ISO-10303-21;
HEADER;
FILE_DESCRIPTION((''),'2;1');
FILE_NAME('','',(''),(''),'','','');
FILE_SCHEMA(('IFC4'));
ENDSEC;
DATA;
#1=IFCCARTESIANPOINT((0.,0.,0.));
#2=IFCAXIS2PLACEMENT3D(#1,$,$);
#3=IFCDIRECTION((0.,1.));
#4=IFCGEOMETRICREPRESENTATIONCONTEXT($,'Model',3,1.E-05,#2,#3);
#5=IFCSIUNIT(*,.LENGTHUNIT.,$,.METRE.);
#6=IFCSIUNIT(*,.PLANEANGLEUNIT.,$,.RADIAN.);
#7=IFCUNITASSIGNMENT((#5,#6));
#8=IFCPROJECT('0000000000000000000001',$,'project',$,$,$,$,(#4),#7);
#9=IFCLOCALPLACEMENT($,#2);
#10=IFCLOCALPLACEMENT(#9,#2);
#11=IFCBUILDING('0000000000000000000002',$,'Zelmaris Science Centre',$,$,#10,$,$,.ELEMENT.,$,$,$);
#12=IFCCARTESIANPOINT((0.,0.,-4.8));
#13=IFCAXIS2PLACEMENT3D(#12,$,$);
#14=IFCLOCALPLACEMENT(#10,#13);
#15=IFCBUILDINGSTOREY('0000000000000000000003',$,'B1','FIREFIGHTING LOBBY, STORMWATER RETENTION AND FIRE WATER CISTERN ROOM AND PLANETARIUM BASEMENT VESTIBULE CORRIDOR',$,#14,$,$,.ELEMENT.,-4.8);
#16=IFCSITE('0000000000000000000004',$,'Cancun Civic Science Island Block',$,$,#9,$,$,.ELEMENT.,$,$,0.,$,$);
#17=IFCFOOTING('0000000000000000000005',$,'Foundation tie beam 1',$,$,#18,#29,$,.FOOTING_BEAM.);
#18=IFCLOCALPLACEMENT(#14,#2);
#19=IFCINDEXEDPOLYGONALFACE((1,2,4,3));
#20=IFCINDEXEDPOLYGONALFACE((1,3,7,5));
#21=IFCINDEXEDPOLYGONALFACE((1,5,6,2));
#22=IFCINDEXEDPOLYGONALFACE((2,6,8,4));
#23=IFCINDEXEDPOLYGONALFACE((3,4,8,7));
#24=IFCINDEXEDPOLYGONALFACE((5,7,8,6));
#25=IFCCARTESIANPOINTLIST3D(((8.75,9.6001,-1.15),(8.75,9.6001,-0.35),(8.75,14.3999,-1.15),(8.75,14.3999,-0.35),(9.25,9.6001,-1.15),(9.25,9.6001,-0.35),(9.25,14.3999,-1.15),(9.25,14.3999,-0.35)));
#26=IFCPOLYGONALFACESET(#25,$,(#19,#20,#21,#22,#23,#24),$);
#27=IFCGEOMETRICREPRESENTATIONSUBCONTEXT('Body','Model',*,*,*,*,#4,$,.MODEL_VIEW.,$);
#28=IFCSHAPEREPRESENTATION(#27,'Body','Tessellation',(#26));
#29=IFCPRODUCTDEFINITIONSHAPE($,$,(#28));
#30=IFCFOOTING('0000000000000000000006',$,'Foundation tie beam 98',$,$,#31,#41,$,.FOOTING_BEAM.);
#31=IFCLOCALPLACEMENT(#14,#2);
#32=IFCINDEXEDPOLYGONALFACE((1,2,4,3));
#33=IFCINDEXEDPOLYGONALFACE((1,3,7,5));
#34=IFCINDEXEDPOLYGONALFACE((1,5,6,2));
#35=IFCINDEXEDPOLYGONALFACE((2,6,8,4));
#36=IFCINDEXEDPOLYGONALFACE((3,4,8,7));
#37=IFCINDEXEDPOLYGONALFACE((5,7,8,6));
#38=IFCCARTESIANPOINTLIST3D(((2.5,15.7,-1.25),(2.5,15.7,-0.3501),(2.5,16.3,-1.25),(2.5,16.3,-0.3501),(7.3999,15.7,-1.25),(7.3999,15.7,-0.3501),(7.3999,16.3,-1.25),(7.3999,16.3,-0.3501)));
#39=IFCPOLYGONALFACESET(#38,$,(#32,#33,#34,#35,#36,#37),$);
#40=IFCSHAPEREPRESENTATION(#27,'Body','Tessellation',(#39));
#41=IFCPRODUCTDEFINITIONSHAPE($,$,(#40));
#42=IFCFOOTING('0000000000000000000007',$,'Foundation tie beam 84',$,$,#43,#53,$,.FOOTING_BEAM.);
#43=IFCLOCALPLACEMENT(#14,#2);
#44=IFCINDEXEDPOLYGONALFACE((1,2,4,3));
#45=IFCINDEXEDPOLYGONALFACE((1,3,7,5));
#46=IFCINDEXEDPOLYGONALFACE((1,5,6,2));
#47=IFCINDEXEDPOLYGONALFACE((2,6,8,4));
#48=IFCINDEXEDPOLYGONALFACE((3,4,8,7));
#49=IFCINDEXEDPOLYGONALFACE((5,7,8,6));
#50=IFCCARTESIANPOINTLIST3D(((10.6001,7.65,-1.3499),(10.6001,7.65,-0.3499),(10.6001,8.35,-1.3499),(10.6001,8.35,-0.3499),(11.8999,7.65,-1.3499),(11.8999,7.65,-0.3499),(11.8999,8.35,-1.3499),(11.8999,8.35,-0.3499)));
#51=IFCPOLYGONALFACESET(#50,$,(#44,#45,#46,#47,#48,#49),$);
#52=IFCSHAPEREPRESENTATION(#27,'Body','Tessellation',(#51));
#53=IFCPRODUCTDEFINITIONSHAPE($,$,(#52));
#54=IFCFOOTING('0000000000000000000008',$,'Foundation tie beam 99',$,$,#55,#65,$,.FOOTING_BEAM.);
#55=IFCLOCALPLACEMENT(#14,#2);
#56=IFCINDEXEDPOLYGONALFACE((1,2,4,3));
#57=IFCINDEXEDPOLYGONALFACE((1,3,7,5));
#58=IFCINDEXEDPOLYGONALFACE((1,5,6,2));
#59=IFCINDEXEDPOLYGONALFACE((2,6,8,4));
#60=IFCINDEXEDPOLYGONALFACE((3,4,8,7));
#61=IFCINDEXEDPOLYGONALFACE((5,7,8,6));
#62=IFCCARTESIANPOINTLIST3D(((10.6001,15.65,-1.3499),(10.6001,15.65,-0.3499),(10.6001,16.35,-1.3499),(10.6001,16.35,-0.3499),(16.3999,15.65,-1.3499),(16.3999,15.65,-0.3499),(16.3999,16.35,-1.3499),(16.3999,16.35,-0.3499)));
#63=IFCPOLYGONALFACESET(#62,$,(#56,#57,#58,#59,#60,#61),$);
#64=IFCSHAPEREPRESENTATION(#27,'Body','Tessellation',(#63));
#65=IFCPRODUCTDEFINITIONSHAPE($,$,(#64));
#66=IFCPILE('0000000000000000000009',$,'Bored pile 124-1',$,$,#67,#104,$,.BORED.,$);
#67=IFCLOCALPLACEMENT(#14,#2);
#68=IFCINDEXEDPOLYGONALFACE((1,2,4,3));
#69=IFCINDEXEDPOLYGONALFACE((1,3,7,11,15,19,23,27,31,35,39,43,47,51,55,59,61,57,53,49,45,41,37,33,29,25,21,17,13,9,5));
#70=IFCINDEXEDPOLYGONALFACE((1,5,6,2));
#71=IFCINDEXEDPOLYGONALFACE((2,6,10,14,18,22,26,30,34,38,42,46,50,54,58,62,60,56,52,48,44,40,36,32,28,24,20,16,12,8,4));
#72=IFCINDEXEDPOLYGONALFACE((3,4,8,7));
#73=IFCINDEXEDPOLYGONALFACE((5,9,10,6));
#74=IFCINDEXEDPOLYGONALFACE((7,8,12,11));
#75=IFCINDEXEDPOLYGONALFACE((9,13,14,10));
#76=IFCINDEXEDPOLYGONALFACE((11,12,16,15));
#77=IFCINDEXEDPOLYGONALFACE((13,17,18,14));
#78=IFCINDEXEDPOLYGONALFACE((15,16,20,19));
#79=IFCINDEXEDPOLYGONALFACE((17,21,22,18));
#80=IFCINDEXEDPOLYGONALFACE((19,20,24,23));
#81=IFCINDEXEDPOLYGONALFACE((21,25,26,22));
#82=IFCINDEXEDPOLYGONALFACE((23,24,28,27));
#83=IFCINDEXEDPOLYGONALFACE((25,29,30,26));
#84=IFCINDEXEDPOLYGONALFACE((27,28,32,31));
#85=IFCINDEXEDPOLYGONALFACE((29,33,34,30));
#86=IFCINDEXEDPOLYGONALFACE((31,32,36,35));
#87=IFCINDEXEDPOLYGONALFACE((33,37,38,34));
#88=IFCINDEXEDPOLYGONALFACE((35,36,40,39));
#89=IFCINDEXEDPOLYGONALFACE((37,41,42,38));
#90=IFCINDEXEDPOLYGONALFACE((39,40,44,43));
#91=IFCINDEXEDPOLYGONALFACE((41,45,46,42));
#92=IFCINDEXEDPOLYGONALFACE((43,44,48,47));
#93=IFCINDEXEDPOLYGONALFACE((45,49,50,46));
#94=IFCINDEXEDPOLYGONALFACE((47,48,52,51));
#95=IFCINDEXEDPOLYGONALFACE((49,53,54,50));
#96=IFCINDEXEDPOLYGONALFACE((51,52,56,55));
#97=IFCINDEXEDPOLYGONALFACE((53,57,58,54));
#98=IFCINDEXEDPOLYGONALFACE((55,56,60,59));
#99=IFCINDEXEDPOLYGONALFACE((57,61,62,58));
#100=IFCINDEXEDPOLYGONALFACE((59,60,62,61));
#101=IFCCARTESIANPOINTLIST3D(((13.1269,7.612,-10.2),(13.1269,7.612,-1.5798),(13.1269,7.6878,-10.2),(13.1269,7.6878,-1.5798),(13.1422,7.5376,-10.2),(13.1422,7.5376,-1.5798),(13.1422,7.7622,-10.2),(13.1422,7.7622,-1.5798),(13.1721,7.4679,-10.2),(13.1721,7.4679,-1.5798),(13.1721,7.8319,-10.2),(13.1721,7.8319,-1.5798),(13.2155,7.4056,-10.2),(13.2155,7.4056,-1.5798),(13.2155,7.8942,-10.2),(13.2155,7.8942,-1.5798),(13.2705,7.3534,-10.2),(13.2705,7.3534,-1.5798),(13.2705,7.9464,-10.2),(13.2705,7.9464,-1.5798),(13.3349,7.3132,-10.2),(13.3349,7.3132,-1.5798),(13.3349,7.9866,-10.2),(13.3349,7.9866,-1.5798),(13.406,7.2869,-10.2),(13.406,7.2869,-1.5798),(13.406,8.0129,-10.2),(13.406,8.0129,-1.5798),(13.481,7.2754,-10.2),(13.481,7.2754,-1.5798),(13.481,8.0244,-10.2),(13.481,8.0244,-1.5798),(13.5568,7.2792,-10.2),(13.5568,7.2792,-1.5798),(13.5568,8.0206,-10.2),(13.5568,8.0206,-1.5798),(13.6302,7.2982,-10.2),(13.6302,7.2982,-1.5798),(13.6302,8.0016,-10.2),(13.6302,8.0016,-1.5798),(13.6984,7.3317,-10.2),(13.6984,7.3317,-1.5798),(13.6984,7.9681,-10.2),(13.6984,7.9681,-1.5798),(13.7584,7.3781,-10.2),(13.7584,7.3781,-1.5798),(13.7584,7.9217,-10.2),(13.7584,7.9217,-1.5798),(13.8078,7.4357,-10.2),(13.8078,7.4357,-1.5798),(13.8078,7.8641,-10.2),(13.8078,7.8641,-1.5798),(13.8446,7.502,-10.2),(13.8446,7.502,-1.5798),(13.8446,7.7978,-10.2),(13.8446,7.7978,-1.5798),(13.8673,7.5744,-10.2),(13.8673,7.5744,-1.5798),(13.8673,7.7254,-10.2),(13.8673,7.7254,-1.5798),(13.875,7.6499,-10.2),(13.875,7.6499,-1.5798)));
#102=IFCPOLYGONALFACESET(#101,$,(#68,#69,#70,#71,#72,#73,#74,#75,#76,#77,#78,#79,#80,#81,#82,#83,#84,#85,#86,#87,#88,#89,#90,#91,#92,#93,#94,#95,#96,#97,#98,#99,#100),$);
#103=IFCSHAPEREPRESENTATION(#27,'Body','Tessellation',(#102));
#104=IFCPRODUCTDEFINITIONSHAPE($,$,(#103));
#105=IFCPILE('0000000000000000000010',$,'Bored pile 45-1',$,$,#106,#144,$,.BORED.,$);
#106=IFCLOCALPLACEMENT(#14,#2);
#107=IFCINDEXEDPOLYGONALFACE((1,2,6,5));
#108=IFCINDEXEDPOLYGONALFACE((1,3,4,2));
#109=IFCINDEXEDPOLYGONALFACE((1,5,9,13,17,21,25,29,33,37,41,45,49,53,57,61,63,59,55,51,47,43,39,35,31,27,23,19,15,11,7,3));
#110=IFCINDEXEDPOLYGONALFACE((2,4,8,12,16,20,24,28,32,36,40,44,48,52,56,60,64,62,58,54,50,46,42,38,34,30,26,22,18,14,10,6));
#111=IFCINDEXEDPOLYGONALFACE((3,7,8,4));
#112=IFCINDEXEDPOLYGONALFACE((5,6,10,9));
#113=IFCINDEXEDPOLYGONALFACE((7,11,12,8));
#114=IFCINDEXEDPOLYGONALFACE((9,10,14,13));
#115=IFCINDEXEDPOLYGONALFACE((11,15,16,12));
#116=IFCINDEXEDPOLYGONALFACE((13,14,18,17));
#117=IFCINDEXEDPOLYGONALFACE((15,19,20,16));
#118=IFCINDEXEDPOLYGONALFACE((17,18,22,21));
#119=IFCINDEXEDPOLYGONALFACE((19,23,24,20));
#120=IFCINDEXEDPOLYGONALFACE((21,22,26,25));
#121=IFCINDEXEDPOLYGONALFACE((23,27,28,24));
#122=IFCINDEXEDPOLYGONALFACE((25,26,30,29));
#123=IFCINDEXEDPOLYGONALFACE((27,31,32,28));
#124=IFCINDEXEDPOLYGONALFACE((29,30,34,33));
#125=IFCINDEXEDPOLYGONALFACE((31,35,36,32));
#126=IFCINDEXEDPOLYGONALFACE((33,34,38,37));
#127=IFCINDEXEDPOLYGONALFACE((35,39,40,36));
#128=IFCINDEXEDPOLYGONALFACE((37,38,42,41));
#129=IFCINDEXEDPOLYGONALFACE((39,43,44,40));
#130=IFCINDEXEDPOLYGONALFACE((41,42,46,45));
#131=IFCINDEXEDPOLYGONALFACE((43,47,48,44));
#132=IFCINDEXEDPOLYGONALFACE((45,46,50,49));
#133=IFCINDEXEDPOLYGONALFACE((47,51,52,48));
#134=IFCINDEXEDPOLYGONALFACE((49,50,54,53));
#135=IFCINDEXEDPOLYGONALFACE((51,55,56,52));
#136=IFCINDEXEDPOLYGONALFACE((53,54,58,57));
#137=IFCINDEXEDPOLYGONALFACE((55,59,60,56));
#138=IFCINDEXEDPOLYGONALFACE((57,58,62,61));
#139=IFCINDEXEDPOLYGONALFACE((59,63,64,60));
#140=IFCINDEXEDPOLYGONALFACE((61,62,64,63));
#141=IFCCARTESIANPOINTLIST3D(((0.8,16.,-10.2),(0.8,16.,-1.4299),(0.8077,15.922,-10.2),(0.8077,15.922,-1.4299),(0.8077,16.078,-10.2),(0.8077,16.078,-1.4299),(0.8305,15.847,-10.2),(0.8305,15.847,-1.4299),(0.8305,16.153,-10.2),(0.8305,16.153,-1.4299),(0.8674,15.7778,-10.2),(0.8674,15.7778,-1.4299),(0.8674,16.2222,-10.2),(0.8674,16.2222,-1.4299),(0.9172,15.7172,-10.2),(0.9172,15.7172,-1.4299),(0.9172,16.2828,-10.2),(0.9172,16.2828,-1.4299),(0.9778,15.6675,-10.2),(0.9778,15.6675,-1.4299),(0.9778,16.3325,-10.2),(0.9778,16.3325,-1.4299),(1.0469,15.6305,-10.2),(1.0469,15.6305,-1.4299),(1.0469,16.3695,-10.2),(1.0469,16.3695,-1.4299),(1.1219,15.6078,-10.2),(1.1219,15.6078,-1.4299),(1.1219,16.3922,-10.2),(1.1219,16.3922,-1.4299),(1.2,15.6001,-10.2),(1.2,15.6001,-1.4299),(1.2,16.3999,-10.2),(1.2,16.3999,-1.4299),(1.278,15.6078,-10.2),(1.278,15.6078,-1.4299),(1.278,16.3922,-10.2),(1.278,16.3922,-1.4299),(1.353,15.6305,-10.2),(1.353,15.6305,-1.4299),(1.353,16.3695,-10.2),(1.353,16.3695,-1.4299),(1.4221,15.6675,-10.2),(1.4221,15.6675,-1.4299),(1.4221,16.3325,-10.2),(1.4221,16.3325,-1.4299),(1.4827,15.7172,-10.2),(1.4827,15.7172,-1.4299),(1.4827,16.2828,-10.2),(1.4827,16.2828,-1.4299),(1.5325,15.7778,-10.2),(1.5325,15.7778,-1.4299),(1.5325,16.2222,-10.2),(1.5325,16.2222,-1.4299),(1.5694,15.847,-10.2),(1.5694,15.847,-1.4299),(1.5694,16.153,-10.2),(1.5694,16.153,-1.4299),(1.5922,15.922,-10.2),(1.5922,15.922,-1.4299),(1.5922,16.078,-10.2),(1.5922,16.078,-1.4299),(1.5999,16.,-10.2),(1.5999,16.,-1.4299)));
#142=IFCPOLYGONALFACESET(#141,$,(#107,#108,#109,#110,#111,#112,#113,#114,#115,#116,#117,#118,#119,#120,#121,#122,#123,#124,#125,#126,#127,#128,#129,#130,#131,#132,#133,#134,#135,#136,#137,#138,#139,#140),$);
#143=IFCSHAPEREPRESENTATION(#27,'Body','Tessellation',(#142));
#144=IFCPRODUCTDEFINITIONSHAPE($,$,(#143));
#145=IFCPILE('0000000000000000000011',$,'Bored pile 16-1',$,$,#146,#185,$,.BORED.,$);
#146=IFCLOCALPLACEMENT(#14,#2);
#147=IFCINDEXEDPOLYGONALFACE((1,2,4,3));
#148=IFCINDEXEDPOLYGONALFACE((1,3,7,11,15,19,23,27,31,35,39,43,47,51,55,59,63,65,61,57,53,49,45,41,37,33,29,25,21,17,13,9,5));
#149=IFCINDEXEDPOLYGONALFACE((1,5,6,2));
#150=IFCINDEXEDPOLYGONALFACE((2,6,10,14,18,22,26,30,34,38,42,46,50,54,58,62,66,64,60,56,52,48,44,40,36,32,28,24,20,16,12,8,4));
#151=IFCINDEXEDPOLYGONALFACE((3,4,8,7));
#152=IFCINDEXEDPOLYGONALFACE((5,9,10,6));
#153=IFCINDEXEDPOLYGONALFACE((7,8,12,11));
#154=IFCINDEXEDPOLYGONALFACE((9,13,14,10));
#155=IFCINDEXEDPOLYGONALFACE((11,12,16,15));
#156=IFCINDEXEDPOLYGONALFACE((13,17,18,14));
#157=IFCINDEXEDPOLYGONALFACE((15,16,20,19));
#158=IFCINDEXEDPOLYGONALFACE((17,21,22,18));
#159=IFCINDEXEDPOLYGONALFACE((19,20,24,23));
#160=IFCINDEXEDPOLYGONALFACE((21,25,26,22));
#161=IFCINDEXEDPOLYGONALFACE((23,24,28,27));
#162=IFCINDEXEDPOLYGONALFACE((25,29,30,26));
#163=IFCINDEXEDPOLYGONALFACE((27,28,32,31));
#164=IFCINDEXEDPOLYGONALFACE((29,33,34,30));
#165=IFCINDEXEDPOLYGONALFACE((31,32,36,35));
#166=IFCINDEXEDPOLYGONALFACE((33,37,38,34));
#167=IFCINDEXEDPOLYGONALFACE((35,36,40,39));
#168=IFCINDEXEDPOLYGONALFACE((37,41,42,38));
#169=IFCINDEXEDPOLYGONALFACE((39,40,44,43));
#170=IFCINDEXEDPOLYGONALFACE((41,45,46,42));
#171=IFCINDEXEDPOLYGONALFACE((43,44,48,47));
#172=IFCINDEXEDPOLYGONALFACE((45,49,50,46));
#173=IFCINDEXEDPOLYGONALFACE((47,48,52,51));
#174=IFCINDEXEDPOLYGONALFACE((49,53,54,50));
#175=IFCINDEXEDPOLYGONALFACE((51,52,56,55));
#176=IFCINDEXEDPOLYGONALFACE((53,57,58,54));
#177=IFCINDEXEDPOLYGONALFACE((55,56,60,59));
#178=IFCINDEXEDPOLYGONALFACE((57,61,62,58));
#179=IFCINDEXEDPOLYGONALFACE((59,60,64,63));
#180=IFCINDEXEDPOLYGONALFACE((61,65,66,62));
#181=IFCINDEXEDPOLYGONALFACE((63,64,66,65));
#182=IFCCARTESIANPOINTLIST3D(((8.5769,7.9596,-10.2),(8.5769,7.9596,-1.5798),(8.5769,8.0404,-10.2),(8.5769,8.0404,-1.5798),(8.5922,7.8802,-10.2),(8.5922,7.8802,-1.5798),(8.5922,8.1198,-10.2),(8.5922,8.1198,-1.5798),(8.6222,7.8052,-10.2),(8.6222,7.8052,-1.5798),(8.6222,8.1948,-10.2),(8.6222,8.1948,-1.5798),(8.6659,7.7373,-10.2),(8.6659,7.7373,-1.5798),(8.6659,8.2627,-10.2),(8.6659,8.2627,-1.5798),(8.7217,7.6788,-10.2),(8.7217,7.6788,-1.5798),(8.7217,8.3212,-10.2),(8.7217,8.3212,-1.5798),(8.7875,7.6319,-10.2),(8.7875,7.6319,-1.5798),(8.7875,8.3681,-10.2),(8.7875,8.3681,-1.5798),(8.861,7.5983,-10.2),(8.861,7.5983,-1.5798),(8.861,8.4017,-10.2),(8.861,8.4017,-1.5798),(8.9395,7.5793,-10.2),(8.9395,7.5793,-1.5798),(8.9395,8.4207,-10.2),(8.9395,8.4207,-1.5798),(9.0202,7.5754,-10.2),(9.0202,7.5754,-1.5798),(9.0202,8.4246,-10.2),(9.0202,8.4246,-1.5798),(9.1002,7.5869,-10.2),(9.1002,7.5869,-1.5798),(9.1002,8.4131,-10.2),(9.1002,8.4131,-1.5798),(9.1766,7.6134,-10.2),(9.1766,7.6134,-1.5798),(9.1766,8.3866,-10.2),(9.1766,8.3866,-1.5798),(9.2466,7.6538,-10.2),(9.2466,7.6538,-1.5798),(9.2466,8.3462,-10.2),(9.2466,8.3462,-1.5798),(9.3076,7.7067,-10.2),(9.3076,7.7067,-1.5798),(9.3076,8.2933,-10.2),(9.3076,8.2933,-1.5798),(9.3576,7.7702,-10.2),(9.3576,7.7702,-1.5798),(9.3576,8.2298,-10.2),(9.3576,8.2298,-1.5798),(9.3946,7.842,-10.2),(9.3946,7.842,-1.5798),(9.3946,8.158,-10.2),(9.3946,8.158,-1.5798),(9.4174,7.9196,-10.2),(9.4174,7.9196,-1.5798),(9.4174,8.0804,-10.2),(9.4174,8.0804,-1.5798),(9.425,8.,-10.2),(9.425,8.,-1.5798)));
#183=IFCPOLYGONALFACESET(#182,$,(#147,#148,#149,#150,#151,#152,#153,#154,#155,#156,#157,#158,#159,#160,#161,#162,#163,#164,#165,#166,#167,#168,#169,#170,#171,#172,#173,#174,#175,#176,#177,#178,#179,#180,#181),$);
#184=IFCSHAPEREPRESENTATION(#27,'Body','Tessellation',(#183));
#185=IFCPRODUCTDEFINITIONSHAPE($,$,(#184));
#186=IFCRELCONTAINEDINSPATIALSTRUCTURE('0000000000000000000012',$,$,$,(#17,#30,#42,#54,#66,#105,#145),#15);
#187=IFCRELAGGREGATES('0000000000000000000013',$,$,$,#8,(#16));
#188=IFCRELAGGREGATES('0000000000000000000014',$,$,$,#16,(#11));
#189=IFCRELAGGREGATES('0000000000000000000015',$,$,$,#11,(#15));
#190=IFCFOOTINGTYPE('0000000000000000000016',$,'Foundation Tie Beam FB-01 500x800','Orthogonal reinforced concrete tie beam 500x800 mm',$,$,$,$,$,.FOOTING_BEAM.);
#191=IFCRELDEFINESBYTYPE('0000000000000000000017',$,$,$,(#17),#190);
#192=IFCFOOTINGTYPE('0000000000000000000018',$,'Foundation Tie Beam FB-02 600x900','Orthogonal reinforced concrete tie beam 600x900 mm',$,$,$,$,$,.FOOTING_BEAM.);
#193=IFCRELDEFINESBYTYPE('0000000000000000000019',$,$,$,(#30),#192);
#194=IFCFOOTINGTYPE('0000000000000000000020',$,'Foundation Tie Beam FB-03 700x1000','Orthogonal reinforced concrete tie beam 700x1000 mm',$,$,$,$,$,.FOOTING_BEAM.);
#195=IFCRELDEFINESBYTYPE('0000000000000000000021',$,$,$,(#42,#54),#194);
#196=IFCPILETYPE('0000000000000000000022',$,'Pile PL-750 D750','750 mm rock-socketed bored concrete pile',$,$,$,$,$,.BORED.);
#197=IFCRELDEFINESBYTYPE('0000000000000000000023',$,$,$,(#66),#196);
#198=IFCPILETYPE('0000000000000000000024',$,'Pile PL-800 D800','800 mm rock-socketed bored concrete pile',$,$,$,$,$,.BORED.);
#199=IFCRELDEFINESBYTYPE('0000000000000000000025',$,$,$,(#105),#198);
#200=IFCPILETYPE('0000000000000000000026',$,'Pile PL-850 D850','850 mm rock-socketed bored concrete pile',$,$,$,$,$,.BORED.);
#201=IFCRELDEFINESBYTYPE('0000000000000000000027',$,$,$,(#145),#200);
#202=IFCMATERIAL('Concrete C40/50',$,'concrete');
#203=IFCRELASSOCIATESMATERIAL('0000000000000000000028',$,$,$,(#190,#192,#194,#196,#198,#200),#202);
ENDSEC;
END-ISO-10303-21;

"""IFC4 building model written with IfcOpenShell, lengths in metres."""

from ifc_helpers import new_model, si_unit, direction, frame, origin, origin_2d, place, context, subcontext, project, spatial, rectangle, circle, extrude, material, material_profile, profile_set, type_object, element, save


model = new_model("IFC4")

# Units and contexts
model_context = context("Model", 3, precision=1e-05, world=origin(), true_north=direction((0.0, 1.0)))
body_context = subcontext(model_context, "Body", "Model", "MODEL_VIEW")
ifc_project = project(units=[si_unit("LENGTHUNIT", "METRE"), si_unit("PLANEANGLEUNIT", "RADIAN")], contexts=[model_context])

# Site, building, storey
site_placement = place(None, origin())
site = spatial("IfcSite", under=ifc_project, at=site_placement, Name="Cancun Civic Science Island Block", CompositionType="ELEMENT", RefElevation=0.0)
building_placement = place(site_placement, origin())
building = spatial("IfcBuilding", under=site, at=building_placement, Name="Zelmaris Science Centre", CompositionType="ELEMENT")
storey_placement = place(building_placement, frame((0.0, 0.0, -4.8)))
storey = spatial("IfcBuildingStorey", under=building, at=storey_placement, Name="B1", Description="FIREFIGHTING LOBBY, STORMWATER RETENTION AND FIRE WATER CISTERN ROOM AND PLANETARIUM BASEMENT VESTIBULE CORRIDOR", CompositionType="ELEMENT", Elevation=-4.8)

# Footings
ifc_material_1 = material(Name="Concrete C40/50", Category="concrete")
ifc_material_profile_1 = material_profile(ifc_material_1, rectangle(XDim=0.5, YDim=0.8, at=origin_2d()), Name="FB-500X800")
ifc_profile_set_1 = profile_set([ifc_material_profile_1], Name="Concrete C40/50")
footing_type_1 = type_object("IfcFootingType", Name="Foundation Tie Beam FB-01 500x800", Description="Orthogonal reinforced concrete tie beam 500x800 mm", PredefinedType="FOOTING_BEAM", material=ifc_profile_set_1)
footing_1_placement = place(storey_placement, frame((9.0, 9.6001, -0.75), z_axis=(0.0, 1.0, 0.0), x_axis=(-1.0, 0.0, 0.0)))
element("IfcFooting", 1, at=footing_1_placement, inside=storey, type_object=footing_type_1, Name="Foundation tie beam 1", PredefinedType="FOOTING_BEAM", context=body_context, shape_type="SweptSolid", body=[
    extrude(rectangle(XDim=0.5, YDim=0.8, at=origin_2d()), origin(), (0.0, 0.0, 1.0), 4.7998),
])
ifc_material_profile_2 = material_profile(ifc_material_1, rectangle(XDim=0.6001, YDim=0.8999, at=origin_2d()), Name="FB-600X900")
ifc_profile_set_2 = profile_set([ifc_material_profile_2], Name="Concrete C40/50")
footing_type_2 = type_object("IfcFootingType", Name="Foundation Tie Beam FB-02 600x900", Description="Orthogonal reinforced concrete tie beam 600x900 mm", PredefinedType="FOOTING_BEAM", material=ifc_profile_set_2)
footing_2_placement = place(storey_placement, frame((2.5, 16.0, -0.8), z_axis=(1.0, 0.0, 0.0), x_axis=(0.0, 1.0, 0.0)))
element("IfcFooting", 2, at=footing_2_placement, inside=storey, type_object=footing_type_2, Name="Foundation tie beam 98", PredefinedType="FOOTING_BEAM", context=body_context, shape_type="SweptSolid", body=[
    extrude(rectangle(XDim=0.6001, YDim=0.8999, at=origin_2d()), origin(), (0.0, 0.0, 1.0), 4.8999),
])
ifc_material_profile_3 = material_profile(ifc_material_1, rectangle(XDim=0.7, YDim=1.0, at=origin_2d()), Name="FB-700X1000")
ifc_profile_set_3 = profile_set([ifc_material_profile_3], Name="Concrete C40/50")
footing_type_3 = type_object("IfcFootingType", Name="Foundation Tie Beam FB-03 700x1000", Description="Orthogonal reinforced concrete tie beam 700x1000 mm", PredefinedType="FOOTING_BEAM", material=ifc_profile_set_3)
footing_3_placement = place(storey_placement, frame((10.6001, 8.0, -0.8499), z_axis=(1.0, 0.0, 0.0), x_axis=(0.0, 1.0, 0.0)))
element("IfcFooting", 3, at=footing_3_placement, inside=storey, type_object=footing_type_3, Name="Foundation tie beam 84", PredefinedType="FOOTING_BEAM", context=body_context, shape_type="SweptSolid", body=[
    extrude(rectangle(XDim=0.7, YDim=1.0, at=origin_2d()), origin(), (0.0, 0.0, 1.0), 1.2998),
])
footing_4_placement = place(storey_placement, frame((10.6001, 16.0, -0.8499), z_axis=(1.0, 0.0, 0.0), x_axis=(0.0, 1.0, 0.0)))
element("IfcFooting", 4, at=footing_4_placement, inside=storey, type_object=footing_type_3, Name="Foundation tie beam 99", PredefinedType="FOOTING_BEAM", context=body_context, shape_type="SweptSolid", body=[
    extrude(rectangle(XDim=0.7, YDim=1.0, at=origin_2d()), origin(), (0.0, 0.0, 1.0), 5.7998),
])

# Piles
ifc_material_profile_4 = material_profile(ifc_material_1, circle(Radius=0.375, at=origin_2d()), Name="PILE-750")
ifc_profile_set_4 = profile_set([ifc_material_profile_4], Name="Concrete C40/50")
pile_type_1 = type_object("IfcPileType", Name="Pile PL-750 D750", Description="750 mm rock-socketed bored concrete pile", PredefinedType="BORED", material=ifc_profile_set_4)
pile_1_placement = place(storey_placement, frame((13.5, 7.6499, -1.5798), z_axis=(0.0, 0.0, -1.0), x_axis=(1.0, 0.0, 0.0)))
element("IfcPile", 5, at=pile_1_placement, inside=storey, type_object=pile_type_1, Name="Bored pile 124-1", PredefinedType="BORED", context=body_context, shape_type="SweptSolid", body=[
    extrude(circle(Radius=0.375, at=origin_2d()), origin(), (0.0, 0.0, 1.0), 8.6201),
])
ifc_material_profile_5 = material_profile(ifc_material_1, circle(Radius=0.3999, at=origin_2d()), Name="PILE-800")
ifc_profile_set_5 = profile_set([ifc_material_profile_5], Name="Concrete C40/50")
pile_type_2 = type_object("IfcPileType", Name="Pile PL-800 D800", Description="800 mm rock-socketed bored concrete pile", PredefinedType="BORED", material=ifc_profile_set_5)
pile_2_placement = place(storey_placement, frame((1.2, 16.0, -1.4299), z_axis=(0.0, 0.0, -1.0), x_axis=(1.0, 0.0, 0.0)))
element("IfcPile", 6, at=pile_2_placement, inside=storey, type_object=pile_type_2, Name="Bored pile 45-1", PredefinedType="BORED", context=body_context, shape_type="SweptSolid", body=[
    extrude(circle(Radius=0.3999, at=origin_2d()), origin(), (0.0, 0.0, 1.0), 8.77),
])
ifc_material_profile_6 = material_profile(ifc_material_1, circle(Radius=0.425, at=origin_2d()), Name="PILE-850")
ifc_profile_set_6 = profile_set([ifc_material_profile_6], Name="Concrete C40/50")
pile_type_3 = type_object("IfcPileType", Name="Pile PL-850 D850", Description="850 mm rock-socketed bored concrete pile", PredefinedType="BORED", material=ifc_profile_set_6)
pile_3_placement = place(storey_placement, frame((9.0, 8.0, -1.5798), z_axis=(0.0, 0.0, -1.0), x_axis=(1.0, 0.0, 0.0)))
element("IfcPile", 7, at=pile_3_placement, inside=storey, type_object=pile_type_3, Name="Bored pile 16-1", PredefinedType="BORED", context=body_context, shape_type="SweptSolid", body=[
    extrude(circle(Radius=0.425, at=origin_2d()), origin(), (0.0, 0.0, 1.0), 8.6201),
])

save(model, "model.ifc")
